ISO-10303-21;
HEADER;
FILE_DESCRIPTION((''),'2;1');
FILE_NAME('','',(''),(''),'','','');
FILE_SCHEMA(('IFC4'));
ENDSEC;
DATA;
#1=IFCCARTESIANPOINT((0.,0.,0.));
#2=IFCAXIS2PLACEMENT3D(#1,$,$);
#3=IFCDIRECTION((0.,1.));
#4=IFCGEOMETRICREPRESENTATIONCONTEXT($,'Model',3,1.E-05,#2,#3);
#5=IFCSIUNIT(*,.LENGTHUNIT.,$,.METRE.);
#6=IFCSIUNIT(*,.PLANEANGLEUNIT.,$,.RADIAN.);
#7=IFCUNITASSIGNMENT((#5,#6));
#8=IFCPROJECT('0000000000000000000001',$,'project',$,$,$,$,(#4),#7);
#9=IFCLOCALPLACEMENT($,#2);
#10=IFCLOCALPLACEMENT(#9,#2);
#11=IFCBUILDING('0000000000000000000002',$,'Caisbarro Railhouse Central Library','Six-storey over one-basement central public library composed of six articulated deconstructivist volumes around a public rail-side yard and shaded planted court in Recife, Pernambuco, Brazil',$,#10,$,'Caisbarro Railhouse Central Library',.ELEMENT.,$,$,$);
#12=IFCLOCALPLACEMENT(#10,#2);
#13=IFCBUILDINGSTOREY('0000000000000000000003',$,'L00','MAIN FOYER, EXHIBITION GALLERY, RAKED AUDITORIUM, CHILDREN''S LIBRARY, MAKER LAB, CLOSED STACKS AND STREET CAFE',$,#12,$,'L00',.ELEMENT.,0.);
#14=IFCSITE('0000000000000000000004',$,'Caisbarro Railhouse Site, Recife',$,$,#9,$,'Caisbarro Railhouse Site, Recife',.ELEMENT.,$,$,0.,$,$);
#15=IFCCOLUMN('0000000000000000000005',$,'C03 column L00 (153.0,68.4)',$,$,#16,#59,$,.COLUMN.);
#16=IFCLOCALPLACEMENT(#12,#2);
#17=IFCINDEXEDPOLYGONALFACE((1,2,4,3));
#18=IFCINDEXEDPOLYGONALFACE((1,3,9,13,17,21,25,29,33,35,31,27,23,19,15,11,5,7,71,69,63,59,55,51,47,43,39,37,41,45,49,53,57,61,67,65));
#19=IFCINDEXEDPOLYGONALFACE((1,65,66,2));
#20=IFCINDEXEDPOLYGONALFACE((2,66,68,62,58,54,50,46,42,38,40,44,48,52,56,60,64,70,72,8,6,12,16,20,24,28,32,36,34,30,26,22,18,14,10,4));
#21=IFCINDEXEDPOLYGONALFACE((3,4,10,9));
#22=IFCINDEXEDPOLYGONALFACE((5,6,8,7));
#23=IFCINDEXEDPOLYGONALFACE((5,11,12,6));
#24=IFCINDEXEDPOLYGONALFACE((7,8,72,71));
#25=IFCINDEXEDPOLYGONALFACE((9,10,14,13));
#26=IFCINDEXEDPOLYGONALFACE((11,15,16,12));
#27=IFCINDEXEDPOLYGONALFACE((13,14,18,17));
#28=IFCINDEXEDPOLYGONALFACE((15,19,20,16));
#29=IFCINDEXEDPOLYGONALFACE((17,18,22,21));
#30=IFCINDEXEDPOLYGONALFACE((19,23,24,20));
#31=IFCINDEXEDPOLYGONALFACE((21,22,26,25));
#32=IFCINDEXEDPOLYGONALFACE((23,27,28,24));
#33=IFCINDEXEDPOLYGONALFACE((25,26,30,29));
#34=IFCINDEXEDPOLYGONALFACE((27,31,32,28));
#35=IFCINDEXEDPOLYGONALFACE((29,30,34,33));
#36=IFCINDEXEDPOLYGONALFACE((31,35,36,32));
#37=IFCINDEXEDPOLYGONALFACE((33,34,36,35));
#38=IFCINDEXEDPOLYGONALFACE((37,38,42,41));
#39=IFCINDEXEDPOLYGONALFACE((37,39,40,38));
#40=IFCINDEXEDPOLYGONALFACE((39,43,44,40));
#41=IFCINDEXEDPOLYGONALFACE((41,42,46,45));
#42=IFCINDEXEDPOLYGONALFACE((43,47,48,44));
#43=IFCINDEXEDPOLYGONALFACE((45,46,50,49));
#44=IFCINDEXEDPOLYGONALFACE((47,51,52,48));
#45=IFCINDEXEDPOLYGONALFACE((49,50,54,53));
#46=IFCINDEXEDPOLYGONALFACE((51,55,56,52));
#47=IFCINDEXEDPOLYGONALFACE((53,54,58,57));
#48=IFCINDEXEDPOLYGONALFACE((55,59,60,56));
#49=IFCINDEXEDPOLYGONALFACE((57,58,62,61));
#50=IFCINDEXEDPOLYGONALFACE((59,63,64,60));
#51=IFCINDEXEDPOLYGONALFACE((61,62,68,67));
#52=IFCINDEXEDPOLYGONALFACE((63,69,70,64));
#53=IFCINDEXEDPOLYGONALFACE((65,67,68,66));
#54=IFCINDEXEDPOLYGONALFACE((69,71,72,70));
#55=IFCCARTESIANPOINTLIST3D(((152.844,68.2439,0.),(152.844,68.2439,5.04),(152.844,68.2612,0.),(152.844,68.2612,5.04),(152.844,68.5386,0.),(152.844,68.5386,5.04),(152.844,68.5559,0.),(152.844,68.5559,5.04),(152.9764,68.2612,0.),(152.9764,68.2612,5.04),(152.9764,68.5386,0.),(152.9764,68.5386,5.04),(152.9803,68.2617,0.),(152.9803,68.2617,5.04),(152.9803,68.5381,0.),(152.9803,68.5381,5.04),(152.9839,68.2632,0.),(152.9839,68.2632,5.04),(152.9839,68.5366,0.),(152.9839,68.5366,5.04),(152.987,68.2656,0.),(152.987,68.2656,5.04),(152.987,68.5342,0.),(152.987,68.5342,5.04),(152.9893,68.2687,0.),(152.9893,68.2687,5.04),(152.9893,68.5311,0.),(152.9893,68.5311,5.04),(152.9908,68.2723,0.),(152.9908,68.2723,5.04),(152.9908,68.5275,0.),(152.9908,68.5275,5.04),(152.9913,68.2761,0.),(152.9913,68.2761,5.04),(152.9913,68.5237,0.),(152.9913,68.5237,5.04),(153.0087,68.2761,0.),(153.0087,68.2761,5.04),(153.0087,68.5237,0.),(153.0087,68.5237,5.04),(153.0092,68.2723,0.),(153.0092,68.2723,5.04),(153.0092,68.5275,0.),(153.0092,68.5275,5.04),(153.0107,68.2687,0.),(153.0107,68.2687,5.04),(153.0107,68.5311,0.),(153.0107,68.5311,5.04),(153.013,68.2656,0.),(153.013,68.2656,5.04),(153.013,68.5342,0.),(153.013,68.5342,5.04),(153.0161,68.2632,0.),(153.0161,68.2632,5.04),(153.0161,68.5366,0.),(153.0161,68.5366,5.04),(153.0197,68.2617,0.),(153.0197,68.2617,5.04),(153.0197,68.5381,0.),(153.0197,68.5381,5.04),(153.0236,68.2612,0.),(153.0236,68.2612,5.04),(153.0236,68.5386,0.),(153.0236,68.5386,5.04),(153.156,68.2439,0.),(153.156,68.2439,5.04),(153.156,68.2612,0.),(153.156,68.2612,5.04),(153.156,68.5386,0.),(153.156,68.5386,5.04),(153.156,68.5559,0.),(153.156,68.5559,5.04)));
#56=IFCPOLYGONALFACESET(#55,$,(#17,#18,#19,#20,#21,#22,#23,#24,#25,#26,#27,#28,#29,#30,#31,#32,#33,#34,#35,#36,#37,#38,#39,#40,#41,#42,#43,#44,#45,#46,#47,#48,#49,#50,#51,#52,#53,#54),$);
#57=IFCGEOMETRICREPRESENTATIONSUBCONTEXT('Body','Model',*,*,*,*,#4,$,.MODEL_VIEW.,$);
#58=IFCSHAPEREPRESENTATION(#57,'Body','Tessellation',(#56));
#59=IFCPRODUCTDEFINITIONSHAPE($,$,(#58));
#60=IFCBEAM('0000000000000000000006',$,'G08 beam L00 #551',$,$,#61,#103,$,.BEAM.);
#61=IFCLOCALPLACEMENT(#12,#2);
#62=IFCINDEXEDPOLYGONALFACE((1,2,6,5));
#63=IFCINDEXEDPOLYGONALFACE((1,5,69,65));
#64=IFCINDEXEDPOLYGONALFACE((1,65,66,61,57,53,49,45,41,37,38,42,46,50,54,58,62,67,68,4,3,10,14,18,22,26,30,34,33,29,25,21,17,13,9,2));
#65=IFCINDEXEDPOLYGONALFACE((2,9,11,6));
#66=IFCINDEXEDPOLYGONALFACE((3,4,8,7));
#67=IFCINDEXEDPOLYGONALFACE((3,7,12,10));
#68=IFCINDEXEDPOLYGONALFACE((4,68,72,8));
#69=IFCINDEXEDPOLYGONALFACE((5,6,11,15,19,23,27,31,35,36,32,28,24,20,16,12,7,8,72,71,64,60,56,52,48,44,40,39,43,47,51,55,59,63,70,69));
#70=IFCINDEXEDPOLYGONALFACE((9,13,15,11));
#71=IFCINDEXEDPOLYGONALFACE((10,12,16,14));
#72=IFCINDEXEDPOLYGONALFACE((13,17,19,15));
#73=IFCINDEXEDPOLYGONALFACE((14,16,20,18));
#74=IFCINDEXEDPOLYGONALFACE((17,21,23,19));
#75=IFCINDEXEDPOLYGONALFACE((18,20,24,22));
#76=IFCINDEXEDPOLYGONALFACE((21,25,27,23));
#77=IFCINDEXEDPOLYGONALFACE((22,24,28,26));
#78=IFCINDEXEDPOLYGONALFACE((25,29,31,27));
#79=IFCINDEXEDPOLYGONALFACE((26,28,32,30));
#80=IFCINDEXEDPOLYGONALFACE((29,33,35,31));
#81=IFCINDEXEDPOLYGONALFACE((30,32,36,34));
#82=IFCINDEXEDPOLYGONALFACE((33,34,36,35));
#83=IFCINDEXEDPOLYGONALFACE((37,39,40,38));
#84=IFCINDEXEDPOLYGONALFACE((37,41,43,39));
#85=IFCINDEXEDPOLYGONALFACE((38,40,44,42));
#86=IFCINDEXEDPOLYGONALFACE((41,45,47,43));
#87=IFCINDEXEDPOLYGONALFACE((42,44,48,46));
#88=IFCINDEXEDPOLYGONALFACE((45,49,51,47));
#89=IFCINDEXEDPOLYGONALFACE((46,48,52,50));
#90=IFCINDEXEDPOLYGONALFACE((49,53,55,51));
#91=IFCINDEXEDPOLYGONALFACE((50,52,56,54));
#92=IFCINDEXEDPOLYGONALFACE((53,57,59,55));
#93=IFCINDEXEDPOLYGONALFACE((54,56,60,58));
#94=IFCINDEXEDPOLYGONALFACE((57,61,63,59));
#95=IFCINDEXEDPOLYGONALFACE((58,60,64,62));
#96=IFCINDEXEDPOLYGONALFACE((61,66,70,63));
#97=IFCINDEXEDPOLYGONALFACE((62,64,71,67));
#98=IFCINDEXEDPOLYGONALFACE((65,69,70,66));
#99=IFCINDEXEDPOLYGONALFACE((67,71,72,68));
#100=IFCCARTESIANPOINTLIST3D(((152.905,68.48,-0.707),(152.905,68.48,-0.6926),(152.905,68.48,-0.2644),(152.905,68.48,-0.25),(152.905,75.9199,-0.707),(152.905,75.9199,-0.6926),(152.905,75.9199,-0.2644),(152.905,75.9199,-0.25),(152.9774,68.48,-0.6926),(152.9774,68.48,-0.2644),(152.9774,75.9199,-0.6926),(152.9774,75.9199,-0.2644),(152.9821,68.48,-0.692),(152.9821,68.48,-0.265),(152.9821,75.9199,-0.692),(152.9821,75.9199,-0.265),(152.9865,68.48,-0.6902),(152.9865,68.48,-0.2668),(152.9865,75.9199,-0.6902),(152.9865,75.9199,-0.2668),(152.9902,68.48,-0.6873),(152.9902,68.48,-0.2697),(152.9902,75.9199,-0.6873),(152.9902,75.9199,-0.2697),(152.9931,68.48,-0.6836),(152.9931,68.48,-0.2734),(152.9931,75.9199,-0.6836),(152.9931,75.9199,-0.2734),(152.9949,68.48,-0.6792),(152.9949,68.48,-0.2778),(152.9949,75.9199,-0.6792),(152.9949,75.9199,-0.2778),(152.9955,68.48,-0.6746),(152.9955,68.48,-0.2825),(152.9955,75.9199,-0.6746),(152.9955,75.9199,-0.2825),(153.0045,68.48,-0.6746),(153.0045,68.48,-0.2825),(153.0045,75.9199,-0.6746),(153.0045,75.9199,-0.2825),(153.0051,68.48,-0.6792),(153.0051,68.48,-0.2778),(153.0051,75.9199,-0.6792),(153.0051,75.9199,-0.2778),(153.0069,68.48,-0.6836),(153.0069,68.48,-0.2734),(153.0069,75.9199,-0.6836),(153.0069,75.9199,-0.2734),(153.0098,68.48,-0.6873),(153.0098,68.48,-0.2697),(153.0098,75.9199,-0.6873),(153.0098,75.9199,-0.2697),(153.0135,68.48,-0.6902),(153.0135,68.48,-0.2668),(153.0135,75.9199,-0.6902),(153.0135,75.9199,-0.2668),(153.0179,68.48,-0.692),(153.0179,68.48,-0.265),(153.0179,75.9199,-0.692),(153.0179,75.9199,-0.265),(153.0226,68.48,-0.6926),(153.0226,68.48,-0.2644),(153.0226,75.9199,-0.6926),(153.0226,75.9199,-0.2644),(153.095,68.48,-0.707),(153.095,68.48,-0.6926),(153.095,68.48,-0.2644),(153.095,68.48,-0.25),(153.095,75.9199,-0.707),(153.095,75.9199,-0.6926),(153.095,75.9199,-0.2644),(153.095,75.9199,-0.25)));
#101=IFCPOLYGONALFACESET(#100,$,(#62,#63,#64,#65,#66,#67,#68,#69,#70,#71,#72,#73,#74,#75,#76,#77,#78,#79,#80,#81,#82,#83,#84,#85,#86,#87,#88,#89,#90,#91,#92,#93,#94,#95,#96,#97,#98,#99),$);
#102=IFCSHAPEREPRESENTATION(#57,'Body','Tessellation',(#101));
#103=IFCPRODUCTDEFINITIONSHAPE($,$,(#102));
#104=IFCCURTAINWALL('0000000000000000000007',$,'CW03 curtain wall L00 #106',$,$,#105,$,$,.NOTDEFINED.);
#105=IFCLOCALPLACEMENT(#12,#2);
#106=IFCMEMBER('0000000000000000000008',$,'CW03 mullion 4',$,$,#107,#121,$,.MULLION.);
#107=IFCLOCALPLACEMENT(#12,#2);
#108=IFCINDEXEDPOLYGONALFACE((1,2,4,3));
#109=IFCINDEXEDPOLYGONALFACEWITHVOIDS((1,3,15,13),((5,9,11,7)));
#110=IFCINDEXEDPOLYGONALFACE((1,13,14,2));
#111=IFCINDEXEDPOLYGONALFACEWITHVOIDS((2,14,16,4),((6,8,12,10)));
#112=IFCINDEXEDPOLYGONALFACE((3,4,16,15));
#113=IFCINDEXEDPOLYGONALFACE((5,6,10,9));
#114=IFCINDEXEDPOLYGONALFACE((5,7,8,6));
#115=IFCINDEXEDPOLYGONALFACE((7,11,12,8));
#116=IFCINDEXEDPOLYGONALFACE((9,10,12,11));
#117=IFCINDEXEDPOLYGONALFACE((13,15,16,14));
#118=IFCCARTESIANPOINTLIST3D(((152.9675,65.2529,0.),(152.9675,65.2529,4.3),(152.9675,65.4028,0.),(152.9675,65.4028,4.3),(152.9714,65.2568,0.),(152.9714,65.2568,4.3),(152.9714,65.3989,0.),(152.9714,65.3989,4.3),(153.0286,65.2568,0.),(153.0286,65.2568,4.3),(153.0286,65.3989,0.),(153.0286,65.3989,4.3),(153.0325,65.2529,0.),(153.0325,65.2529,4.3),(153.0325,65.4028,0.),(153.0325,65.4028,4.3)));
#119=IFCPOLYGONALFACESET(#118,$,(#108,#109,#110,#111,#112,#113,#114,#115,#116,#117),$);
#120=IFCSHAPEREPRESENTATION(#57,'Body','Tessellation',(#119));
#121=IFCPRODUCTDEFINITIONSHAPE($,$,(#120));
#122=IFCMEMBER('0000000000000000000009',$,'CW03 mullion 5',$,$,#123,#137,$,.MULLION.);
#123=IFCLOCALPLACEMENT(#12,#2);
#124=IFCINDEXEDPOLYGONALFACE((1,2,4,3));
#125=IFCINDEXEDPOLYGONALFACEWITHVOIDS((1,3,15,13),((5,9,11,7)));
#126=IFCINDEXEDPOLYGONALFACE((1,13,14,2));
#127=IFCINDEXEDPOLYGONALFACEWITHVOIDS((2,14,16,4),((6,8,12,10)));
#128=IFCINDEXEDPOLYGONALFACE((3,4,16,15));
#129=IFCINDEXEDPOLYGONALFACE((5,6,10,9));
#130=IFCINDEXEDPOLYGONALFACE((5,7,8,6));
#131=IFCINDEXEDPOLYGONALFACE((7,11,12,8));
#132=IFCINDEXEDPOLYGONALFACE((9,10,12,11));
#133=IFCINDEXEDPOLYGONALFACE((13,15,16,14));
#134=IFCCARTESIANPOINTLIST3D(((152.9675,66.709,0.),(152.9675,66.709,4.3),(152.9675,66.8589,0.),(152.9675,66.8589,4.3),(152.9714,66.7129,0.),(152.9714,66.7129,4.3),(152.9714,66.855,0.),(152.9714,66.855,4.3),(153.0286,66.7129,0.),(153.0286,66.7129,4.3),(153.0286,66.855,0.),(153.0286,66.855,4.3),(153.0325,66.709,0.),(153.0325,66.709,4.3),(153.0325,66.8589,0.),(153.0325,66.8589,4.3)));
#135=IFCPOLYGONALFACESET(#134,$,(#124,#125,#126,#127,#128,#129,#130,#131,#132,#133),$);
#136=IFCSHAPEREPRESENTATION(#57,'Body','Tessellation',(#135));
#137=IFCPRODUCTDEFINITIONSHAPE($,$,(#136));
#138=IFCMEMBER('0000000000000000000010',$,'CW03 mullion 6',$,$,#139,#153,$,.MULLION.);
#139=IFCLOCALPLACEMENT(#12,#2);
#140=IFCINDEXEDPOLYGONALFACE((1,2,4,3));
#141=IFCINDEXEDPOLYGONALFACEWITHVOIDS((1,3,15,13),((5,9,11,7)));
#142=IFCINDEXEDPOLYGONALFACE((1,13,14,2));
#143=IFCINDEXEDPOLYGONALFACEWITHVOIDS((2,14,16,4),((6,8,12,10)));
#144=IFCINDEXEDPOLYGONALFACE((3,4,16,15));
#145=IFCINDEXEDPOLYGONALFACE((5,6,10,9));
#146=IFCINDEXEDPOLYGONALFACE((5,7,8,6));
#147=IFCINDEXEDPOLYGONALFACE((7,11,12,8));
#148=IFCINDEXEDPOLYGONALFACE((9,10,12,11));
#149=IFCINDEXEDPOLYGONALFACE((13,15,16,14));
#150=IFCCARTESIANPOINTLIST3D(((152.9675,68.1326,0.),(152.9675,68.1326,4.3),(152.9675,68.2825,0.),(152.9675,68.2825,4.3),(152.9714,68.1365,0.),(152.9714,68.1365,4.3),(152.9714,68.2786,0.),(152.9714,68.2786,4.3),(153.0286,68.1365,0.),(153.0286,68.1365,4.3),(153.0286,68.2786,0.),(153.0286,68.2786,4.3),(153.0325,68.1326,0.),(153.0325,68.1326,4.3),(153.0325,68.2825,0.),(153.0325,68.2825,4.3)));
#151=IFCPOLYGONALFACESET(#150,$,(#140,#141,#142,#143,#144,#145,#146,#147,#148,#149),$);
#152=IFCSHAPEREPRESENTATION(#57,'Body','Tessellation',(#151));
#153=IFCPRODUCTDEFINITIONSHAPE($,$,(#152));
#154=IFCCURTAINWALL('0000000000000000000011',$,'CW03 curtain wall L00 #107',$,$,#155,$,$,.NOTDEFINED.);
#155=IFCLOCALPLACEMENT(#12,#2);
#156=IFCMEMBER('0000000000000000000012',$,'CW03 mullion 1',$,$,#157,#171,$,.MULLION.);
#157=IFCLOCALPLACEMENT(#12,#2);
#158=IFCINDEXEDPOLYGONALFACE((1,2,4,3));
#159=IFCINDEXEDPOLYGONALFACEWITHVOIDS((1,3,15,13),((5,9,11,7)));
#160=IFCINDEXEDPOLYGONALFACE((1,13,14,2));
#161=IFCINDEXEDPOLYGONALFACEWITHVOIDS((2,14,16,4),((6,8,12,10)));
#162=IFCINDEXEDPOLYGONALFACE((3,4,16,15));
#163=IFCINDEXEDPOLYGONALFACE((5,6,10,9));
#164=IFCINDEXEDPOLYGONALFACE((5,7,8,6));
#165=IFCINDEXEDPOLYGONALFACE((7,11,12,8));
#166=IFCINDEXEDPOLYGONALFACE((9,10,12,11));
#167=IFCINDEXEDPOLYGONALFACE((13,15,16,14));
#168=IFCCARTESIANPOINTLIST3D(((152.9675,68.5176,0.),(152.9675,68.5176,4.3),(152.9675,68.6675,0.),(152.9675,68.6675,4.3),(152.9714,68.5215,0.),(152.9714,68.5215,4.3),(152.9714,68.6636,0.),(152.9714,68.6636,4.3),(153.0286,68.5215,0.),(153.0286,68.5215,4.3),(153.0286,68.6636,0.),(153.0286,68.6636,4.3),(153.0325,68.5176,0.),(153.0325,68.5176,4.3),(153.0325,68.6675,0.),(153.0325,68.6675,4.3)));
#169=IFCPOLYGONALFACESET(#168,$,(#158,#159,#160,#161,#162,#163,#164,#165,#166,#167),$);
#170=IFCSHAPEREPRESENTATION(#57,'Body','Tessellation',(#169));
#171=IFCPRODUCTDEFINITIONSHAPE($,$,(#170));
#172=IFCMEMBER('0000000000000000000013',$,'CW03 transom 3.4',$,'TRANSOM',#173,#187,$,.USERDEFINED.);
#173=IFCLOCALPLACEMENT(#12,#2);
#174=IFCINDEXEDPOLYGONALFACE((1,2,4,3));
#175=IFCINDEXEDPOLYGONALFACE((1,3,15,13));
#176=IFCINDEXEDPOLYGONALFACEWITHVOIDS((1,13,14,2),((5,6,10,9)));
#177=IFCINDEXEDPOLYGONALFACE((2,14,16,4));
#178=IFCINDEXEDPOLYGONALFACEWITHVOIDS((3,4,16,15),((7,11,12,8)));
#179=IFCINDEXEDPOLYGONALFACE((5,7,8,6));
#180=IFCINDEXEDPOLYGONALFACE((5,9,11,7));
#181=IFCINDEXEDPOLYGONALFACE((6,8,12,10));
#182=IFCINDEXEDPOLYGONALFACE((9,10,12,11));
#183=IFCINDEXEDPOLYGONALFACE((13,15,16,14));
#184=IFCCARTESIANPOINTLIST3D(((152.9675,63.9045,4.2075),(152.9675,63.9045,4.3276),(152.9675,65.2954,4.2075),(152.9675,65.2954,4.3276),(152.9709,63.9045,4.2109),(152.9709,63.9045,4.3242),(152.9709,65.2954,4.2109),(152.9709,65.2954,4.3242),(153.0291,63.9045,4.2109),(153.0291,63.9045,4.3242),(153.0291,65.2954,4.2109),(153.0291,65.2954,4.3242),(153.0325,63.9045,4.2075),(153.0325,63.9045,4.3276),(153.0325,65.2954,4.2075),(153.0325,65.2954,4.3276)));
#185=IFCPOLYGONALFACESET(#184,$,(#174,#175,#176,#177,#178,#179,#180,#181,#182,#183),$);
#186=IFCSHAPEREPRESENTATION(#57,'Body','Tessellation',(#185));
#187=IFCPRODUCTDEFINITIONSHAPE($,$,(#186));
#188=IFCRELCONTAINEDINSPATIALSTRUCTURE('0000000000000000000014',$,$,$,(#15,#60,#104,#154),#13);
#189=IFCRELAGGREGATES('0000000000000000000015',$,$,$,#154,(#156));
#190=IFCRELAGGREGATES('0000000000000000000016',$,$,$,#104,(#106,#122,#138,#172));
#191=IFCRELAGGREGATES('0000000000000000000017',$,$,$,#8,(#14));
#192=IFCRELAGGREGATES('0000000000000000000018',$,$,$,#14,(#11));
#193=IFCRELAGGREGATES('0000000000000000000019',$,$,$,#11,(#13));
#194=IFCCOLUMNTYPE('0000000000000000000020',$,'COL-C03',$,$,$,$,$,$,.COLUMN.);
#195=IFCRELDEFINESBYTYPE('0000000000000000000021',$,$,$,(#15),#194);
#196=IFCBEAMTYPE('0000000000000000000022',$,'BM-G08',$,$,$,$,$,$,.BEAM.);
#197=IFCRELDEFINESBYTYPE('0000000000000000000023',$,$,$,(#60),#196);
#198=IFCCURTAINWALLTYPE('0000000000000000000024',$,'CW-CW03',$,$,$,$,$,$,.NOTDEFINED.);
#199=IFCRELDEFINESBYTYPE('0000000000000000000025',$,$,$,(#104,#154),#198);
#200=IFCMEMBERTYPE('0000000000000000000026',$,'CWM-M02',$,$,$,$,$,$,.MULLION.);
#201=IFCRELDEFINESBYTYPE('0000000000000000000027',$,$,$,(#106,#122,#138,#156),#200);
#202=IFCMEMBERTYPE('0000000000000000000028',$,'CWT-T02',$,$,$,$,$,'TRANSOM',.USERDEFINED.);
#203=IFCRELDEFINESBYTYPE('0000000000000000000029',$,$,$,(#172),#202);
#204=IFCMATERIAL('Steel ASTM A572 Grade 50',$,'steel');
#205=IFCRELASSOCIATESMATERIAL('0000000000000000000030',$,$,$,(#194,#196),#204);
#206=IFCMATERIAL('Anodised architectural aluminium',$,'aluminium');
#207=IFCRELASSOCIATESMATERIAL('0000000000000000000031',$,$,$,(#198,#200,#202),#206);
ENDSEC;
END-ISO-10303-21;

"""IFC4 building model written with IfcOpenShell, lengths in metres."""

from ifc_helpers import new_model, si_unit, direction, frame, origin, origin_2d, place, context, subcontext, project, spatial, hollow_rectangle, i_section, extrude, material, material_profile, profile_set, type_object, element, aggregate, save


model = new_model("IFC4")

# Units and contexts
model_context = context("Model", 3, precision=1e-05, world=origin(), true_north=direction((0.0, 1.0)))
body_context = subcontext(model_context, "Body", "Model", "MODEL_VIEW")
ifc_project = project(units=[si_unit("LENGTHUNIT", "METRE"), si_unit("PLANEANGLEUNIT", "RADIAN")], contexts=[model_context])

# Site, building, storey
site_placement = place(None, origin())
site = spatial("IfcSite", under=ifc_project, at=site_placement, Name="Caisbarro Railhouse Site, Recife", LongName="Caisbarro Railhouse Site, Recife", CompositionType="ELEMENT", RefElevation=0.0)
building_placement = place(site_placement, origin())
building = spatial("IfcBuilding", under=site, at=building_placement, Name="Caisbarro Railhouse Central Library", Description="Six-storey over one-basement central public library composed of six articulated deconstructivist volumes around a public rail-side yard and shaded planted court in Recife, Pernambuco, Brazil", LongName="Caisbarro Railhouse Central Library", CompositionType="ELEMENT")
storey_placement = place(building_placement, origin())
storey = spatial("IfcBuildingStorey", under=building, at=storey_placement, Name="L00", Description="MAIN FOYER, EXHIBITION GALLERY, RAKED AUDITORIUM, CHILDREN'S LIBRARY, MAKER LAB, CLOSED STACKS AND STREET CAFE", LongName="L00", CompositionType="ELEMENT", Elevation=0.0)

# Column
ifc_material_1 = material(Name="Steel ASTM A572 Grade 50", Category="steel")
ifc_material_profile_1 = material_profile(ifc_material_1, i_section(OverallWidth=0.312, OverallDepth=0.312, WebThickness=0.0173, FlangeThickness=0.0173, FilletRadius=0.0149, at=origin_2d()), Name="HP310X125.0")
ifc_profile_set_1 = profile_set([ifc_material_profile_1], Name="Steel ASTM A572 Grade 50")
column_type = type_object("IfcColumnType", Name="COL-C03", PredefinedType="COLUMN", material=ifc_profile_set_1)
column_placement = place(storey_placement, frame((153.0, 68.3999, 0.0), z_axis=(0.0, 0.0, 1.0), x_axis=(1.0, 0.0, 0.0)))
element("IfcColumn", 1, at=column_placement, inside=storey, type_object=column_type, Name="C03 column L00 (153.0,68.4)", PredefinedType="COLUMN", context=body_context, shape_type="SweptSolid", body=[
    extrude(i_section(OverallWidth=0.312, OverallDepth=0.312, WebThickness=0.0173, FlangeThickness=0.0173, FilletRadius=0.0149, at=origin_2d()), origin(), (0.0, 0.0, 1.0), 5.04),
])

# Beam
ifc_material_profile_2 = material_profile(ifc_material_1, i_section(OverallWidth=0.1899, OverallDepth=0.457, WebThickness=0.009, FlangeThickness=0.0144, FilletRadius=0.0181, at=origin_2d()), Name="W460X74.0")
ifc_profile_set_2 = profile_set([ifc_material_profile_2], Name="Steel ASTM A572 Grade 50")
beam_type = type_object("IfcBeamType", Name="BM-G08", PredefinedType="BEAM", material=ifc_profile_set_2)
beam_placement = place(storey_placement, frame((153.0, 68.48, -0.4785), z_axis=(0.0, 1.0, 0.0), x_axis=(-1.0, 0.0, 0.0)))
element("IfcBeam", 2, at=beam_placement, inside=storey, type_object=beam_type, Name="G08 beam L00 #551", PredefinedType="BEAM", context=body_context, shape_type="SweptSolid", body=[
    extrude(i_section(OverallWidth=0.1899, OverallDepth=0.457, WebThickness=0.009, FlangeThickness=0.0144, FilletRadius=0.0181, at=origin_2d()), origin(), (0.0, 0.0, 1.0), 7.4399),
])

# Curtain wall, members
ifc_material_2 = material(Name="Anodised architectural aluminium", Category="aluminium")
curtain_wall_type = type_object("IfcCurtainWallType", Name="CW-CW03", PredefinedType="NOTDEFINED", material=ifc_material_2)
curtain_wall_1_placement = place(storey_placement, origin())
curtain_wall_1 = element("IfcCurtainWall", 3, at=curtain_wall_1_placement, inside=storey, type_object=curtain_wall_type, Name="CW03 curtain wall L00 #106", PredefinedType="NOTDEFINED")
ifc_material_profile_3 = material_profile(ifc_material_2, hollow_rectangle(XDim=0.0649, YDim=0.1499, WallThickness=0.0039, at=origin_2d()), Name="ALU-MUL-65X150")
ifc_profile_set_3 = profile_set([ifc_material_profile_3], Name="Anodised architectural aluminium")
member_type_1 = type_object("IfcMemberType", Name="CWM-M02", PredefinedType="MULLION", material=ifc_profile_set_3)
member_1_placement = place(storey_placement, frame((153.0, 65.3279, 0.0), z_axis=(0.0, 0.0, 1.0), x_axis=(-1.0, 0.0, 0.0)))
member_1 = element("IfcMember", 4, at=member_1_placement, type_object=member_type_1, Name="CW03 mullion 4", PredefinedType="MULLION", context=body_context, shape_type="SweptSolid", body=[
    extrude(hollow_rectangle(XDim=0.0649, YDim=0.1499, WallThickness=0.0039, at=origin_2d()), origin(), (0.0, 0.0, 1.0), 4.3),
])
member_2_placement = place(storey_placement, frame((153.0, 66.7839, 0.0), z_axis=(0.0, 0.0, 1.0), x_axis=(-1.0, 0.0, 0.0)))
member_2 = element("IfcMember", 5, at=member_2_placement, type_object=member_type_1, Name="CW03 mullion 5", PredefinedType="MULLION", context=body_context, shape_type="SweptSolid", body=[
    extrude(hollow_rectangle(XDim=0.0649, YDim=0.1499, WallThickness=0.0039, at=origin_2d()), origin(), (0.0, 0.0, 1.0), 4.3),
])
member_3_placement = place(storey_placement, frame((153.0, 68.2075, 0.0), z_axis=(0.0, 0.0, 1.0), x_axis=(-1.0, 0.0, 0.0)))
member_3 = element("IfcMember", 6, at=member_3_placement, type_object=member_type_1, Name="CW03 mullion 6", PredefinedType="MULLION", context=body_context, shape_type="SweptSolid", body=[
    extrude(hollow_rectangle(XDim=0.0649, YDim=0.1499, WallThickness=0.0039, at=origin_2d()), origin(), (0.0, 0.0, 1.0), 4.3),
])

# Curtain wall, member
curtain_wall_2_placement = place(storey_placement, origin())
curtain_wall_2 = element("IfcCurtainWall", 7, at=curtain_wall_2_placement, inside=storey, type_object=curtain_wall_type, Name="CW03 curtain wall L00 #107", PredefinedType="NOTDEFINED")
member_4_placement = place(storey_placement, frame((153.0, 68.5925, 0.0), z_axis=(0.0, 0.0, 1.0), x_axis=(-1.0, 0.0, 0.0)))
member_4 = element("IfcMember", 8, at=member_4_placement, type_object=member_type_1, Name="CW03 mullion 1", PredefinedType="MULLION", context=body_context, shape_type="SweptSolid", body=[
    extrude(hollow_rectangle(XDim=0.0649, YDim=0.1499, WallThickness=0.0039, at=origin_2d()), origin(), (0.0, 0.0, 1.0), 4.3),
])

# Member
ifc_material_profile_4 = material_profile(ifc_material_2, hollow_rectangle(XDim=0.0649, YDim=0.1201, WallThickness=0.0034, at=origin_2d()), Name="ALU-TRN-65X120")
ifc_profile_set_4 = profile_set([ifc_material_profile_4], Name="Anodised architectural aluminium")
member_type_2 = type_object("IfcMemberType", Name="CWT-T02", ElementType="TRANSOM", PredefinedType="USERDEFINED", material=ifc_profile_set_4)
member_5_placement = place(storey_placement, frame((153.0, 63.9045, 4.2676), z_axis=(0.0, 1.0, 0.0), x_axis=(-1.0, 0.0, 0.0)))
member_5 = element("IfcMember", 9, at=member_5_placement, type_object=member_type_2, Name="CW03 transom 3.4", ObjectType="TRANSOM", PredefinedType="USERDEFINED", context=body_context, shape_type="SweptSolid", body=[
    extrude(hollow_rectangle(XDim=0.0649, YDim=0.1201, WallThickness=0.0034, at=origin_2d()), origin(), (0.0, 0.0, 1.0), 1.3909),
])
aggregate(curtain_wall_2, [member_4])

aggregate(curtain_wall_1, [member_1, member_2, member_3, member_5])

save(model, "model.ifc")
